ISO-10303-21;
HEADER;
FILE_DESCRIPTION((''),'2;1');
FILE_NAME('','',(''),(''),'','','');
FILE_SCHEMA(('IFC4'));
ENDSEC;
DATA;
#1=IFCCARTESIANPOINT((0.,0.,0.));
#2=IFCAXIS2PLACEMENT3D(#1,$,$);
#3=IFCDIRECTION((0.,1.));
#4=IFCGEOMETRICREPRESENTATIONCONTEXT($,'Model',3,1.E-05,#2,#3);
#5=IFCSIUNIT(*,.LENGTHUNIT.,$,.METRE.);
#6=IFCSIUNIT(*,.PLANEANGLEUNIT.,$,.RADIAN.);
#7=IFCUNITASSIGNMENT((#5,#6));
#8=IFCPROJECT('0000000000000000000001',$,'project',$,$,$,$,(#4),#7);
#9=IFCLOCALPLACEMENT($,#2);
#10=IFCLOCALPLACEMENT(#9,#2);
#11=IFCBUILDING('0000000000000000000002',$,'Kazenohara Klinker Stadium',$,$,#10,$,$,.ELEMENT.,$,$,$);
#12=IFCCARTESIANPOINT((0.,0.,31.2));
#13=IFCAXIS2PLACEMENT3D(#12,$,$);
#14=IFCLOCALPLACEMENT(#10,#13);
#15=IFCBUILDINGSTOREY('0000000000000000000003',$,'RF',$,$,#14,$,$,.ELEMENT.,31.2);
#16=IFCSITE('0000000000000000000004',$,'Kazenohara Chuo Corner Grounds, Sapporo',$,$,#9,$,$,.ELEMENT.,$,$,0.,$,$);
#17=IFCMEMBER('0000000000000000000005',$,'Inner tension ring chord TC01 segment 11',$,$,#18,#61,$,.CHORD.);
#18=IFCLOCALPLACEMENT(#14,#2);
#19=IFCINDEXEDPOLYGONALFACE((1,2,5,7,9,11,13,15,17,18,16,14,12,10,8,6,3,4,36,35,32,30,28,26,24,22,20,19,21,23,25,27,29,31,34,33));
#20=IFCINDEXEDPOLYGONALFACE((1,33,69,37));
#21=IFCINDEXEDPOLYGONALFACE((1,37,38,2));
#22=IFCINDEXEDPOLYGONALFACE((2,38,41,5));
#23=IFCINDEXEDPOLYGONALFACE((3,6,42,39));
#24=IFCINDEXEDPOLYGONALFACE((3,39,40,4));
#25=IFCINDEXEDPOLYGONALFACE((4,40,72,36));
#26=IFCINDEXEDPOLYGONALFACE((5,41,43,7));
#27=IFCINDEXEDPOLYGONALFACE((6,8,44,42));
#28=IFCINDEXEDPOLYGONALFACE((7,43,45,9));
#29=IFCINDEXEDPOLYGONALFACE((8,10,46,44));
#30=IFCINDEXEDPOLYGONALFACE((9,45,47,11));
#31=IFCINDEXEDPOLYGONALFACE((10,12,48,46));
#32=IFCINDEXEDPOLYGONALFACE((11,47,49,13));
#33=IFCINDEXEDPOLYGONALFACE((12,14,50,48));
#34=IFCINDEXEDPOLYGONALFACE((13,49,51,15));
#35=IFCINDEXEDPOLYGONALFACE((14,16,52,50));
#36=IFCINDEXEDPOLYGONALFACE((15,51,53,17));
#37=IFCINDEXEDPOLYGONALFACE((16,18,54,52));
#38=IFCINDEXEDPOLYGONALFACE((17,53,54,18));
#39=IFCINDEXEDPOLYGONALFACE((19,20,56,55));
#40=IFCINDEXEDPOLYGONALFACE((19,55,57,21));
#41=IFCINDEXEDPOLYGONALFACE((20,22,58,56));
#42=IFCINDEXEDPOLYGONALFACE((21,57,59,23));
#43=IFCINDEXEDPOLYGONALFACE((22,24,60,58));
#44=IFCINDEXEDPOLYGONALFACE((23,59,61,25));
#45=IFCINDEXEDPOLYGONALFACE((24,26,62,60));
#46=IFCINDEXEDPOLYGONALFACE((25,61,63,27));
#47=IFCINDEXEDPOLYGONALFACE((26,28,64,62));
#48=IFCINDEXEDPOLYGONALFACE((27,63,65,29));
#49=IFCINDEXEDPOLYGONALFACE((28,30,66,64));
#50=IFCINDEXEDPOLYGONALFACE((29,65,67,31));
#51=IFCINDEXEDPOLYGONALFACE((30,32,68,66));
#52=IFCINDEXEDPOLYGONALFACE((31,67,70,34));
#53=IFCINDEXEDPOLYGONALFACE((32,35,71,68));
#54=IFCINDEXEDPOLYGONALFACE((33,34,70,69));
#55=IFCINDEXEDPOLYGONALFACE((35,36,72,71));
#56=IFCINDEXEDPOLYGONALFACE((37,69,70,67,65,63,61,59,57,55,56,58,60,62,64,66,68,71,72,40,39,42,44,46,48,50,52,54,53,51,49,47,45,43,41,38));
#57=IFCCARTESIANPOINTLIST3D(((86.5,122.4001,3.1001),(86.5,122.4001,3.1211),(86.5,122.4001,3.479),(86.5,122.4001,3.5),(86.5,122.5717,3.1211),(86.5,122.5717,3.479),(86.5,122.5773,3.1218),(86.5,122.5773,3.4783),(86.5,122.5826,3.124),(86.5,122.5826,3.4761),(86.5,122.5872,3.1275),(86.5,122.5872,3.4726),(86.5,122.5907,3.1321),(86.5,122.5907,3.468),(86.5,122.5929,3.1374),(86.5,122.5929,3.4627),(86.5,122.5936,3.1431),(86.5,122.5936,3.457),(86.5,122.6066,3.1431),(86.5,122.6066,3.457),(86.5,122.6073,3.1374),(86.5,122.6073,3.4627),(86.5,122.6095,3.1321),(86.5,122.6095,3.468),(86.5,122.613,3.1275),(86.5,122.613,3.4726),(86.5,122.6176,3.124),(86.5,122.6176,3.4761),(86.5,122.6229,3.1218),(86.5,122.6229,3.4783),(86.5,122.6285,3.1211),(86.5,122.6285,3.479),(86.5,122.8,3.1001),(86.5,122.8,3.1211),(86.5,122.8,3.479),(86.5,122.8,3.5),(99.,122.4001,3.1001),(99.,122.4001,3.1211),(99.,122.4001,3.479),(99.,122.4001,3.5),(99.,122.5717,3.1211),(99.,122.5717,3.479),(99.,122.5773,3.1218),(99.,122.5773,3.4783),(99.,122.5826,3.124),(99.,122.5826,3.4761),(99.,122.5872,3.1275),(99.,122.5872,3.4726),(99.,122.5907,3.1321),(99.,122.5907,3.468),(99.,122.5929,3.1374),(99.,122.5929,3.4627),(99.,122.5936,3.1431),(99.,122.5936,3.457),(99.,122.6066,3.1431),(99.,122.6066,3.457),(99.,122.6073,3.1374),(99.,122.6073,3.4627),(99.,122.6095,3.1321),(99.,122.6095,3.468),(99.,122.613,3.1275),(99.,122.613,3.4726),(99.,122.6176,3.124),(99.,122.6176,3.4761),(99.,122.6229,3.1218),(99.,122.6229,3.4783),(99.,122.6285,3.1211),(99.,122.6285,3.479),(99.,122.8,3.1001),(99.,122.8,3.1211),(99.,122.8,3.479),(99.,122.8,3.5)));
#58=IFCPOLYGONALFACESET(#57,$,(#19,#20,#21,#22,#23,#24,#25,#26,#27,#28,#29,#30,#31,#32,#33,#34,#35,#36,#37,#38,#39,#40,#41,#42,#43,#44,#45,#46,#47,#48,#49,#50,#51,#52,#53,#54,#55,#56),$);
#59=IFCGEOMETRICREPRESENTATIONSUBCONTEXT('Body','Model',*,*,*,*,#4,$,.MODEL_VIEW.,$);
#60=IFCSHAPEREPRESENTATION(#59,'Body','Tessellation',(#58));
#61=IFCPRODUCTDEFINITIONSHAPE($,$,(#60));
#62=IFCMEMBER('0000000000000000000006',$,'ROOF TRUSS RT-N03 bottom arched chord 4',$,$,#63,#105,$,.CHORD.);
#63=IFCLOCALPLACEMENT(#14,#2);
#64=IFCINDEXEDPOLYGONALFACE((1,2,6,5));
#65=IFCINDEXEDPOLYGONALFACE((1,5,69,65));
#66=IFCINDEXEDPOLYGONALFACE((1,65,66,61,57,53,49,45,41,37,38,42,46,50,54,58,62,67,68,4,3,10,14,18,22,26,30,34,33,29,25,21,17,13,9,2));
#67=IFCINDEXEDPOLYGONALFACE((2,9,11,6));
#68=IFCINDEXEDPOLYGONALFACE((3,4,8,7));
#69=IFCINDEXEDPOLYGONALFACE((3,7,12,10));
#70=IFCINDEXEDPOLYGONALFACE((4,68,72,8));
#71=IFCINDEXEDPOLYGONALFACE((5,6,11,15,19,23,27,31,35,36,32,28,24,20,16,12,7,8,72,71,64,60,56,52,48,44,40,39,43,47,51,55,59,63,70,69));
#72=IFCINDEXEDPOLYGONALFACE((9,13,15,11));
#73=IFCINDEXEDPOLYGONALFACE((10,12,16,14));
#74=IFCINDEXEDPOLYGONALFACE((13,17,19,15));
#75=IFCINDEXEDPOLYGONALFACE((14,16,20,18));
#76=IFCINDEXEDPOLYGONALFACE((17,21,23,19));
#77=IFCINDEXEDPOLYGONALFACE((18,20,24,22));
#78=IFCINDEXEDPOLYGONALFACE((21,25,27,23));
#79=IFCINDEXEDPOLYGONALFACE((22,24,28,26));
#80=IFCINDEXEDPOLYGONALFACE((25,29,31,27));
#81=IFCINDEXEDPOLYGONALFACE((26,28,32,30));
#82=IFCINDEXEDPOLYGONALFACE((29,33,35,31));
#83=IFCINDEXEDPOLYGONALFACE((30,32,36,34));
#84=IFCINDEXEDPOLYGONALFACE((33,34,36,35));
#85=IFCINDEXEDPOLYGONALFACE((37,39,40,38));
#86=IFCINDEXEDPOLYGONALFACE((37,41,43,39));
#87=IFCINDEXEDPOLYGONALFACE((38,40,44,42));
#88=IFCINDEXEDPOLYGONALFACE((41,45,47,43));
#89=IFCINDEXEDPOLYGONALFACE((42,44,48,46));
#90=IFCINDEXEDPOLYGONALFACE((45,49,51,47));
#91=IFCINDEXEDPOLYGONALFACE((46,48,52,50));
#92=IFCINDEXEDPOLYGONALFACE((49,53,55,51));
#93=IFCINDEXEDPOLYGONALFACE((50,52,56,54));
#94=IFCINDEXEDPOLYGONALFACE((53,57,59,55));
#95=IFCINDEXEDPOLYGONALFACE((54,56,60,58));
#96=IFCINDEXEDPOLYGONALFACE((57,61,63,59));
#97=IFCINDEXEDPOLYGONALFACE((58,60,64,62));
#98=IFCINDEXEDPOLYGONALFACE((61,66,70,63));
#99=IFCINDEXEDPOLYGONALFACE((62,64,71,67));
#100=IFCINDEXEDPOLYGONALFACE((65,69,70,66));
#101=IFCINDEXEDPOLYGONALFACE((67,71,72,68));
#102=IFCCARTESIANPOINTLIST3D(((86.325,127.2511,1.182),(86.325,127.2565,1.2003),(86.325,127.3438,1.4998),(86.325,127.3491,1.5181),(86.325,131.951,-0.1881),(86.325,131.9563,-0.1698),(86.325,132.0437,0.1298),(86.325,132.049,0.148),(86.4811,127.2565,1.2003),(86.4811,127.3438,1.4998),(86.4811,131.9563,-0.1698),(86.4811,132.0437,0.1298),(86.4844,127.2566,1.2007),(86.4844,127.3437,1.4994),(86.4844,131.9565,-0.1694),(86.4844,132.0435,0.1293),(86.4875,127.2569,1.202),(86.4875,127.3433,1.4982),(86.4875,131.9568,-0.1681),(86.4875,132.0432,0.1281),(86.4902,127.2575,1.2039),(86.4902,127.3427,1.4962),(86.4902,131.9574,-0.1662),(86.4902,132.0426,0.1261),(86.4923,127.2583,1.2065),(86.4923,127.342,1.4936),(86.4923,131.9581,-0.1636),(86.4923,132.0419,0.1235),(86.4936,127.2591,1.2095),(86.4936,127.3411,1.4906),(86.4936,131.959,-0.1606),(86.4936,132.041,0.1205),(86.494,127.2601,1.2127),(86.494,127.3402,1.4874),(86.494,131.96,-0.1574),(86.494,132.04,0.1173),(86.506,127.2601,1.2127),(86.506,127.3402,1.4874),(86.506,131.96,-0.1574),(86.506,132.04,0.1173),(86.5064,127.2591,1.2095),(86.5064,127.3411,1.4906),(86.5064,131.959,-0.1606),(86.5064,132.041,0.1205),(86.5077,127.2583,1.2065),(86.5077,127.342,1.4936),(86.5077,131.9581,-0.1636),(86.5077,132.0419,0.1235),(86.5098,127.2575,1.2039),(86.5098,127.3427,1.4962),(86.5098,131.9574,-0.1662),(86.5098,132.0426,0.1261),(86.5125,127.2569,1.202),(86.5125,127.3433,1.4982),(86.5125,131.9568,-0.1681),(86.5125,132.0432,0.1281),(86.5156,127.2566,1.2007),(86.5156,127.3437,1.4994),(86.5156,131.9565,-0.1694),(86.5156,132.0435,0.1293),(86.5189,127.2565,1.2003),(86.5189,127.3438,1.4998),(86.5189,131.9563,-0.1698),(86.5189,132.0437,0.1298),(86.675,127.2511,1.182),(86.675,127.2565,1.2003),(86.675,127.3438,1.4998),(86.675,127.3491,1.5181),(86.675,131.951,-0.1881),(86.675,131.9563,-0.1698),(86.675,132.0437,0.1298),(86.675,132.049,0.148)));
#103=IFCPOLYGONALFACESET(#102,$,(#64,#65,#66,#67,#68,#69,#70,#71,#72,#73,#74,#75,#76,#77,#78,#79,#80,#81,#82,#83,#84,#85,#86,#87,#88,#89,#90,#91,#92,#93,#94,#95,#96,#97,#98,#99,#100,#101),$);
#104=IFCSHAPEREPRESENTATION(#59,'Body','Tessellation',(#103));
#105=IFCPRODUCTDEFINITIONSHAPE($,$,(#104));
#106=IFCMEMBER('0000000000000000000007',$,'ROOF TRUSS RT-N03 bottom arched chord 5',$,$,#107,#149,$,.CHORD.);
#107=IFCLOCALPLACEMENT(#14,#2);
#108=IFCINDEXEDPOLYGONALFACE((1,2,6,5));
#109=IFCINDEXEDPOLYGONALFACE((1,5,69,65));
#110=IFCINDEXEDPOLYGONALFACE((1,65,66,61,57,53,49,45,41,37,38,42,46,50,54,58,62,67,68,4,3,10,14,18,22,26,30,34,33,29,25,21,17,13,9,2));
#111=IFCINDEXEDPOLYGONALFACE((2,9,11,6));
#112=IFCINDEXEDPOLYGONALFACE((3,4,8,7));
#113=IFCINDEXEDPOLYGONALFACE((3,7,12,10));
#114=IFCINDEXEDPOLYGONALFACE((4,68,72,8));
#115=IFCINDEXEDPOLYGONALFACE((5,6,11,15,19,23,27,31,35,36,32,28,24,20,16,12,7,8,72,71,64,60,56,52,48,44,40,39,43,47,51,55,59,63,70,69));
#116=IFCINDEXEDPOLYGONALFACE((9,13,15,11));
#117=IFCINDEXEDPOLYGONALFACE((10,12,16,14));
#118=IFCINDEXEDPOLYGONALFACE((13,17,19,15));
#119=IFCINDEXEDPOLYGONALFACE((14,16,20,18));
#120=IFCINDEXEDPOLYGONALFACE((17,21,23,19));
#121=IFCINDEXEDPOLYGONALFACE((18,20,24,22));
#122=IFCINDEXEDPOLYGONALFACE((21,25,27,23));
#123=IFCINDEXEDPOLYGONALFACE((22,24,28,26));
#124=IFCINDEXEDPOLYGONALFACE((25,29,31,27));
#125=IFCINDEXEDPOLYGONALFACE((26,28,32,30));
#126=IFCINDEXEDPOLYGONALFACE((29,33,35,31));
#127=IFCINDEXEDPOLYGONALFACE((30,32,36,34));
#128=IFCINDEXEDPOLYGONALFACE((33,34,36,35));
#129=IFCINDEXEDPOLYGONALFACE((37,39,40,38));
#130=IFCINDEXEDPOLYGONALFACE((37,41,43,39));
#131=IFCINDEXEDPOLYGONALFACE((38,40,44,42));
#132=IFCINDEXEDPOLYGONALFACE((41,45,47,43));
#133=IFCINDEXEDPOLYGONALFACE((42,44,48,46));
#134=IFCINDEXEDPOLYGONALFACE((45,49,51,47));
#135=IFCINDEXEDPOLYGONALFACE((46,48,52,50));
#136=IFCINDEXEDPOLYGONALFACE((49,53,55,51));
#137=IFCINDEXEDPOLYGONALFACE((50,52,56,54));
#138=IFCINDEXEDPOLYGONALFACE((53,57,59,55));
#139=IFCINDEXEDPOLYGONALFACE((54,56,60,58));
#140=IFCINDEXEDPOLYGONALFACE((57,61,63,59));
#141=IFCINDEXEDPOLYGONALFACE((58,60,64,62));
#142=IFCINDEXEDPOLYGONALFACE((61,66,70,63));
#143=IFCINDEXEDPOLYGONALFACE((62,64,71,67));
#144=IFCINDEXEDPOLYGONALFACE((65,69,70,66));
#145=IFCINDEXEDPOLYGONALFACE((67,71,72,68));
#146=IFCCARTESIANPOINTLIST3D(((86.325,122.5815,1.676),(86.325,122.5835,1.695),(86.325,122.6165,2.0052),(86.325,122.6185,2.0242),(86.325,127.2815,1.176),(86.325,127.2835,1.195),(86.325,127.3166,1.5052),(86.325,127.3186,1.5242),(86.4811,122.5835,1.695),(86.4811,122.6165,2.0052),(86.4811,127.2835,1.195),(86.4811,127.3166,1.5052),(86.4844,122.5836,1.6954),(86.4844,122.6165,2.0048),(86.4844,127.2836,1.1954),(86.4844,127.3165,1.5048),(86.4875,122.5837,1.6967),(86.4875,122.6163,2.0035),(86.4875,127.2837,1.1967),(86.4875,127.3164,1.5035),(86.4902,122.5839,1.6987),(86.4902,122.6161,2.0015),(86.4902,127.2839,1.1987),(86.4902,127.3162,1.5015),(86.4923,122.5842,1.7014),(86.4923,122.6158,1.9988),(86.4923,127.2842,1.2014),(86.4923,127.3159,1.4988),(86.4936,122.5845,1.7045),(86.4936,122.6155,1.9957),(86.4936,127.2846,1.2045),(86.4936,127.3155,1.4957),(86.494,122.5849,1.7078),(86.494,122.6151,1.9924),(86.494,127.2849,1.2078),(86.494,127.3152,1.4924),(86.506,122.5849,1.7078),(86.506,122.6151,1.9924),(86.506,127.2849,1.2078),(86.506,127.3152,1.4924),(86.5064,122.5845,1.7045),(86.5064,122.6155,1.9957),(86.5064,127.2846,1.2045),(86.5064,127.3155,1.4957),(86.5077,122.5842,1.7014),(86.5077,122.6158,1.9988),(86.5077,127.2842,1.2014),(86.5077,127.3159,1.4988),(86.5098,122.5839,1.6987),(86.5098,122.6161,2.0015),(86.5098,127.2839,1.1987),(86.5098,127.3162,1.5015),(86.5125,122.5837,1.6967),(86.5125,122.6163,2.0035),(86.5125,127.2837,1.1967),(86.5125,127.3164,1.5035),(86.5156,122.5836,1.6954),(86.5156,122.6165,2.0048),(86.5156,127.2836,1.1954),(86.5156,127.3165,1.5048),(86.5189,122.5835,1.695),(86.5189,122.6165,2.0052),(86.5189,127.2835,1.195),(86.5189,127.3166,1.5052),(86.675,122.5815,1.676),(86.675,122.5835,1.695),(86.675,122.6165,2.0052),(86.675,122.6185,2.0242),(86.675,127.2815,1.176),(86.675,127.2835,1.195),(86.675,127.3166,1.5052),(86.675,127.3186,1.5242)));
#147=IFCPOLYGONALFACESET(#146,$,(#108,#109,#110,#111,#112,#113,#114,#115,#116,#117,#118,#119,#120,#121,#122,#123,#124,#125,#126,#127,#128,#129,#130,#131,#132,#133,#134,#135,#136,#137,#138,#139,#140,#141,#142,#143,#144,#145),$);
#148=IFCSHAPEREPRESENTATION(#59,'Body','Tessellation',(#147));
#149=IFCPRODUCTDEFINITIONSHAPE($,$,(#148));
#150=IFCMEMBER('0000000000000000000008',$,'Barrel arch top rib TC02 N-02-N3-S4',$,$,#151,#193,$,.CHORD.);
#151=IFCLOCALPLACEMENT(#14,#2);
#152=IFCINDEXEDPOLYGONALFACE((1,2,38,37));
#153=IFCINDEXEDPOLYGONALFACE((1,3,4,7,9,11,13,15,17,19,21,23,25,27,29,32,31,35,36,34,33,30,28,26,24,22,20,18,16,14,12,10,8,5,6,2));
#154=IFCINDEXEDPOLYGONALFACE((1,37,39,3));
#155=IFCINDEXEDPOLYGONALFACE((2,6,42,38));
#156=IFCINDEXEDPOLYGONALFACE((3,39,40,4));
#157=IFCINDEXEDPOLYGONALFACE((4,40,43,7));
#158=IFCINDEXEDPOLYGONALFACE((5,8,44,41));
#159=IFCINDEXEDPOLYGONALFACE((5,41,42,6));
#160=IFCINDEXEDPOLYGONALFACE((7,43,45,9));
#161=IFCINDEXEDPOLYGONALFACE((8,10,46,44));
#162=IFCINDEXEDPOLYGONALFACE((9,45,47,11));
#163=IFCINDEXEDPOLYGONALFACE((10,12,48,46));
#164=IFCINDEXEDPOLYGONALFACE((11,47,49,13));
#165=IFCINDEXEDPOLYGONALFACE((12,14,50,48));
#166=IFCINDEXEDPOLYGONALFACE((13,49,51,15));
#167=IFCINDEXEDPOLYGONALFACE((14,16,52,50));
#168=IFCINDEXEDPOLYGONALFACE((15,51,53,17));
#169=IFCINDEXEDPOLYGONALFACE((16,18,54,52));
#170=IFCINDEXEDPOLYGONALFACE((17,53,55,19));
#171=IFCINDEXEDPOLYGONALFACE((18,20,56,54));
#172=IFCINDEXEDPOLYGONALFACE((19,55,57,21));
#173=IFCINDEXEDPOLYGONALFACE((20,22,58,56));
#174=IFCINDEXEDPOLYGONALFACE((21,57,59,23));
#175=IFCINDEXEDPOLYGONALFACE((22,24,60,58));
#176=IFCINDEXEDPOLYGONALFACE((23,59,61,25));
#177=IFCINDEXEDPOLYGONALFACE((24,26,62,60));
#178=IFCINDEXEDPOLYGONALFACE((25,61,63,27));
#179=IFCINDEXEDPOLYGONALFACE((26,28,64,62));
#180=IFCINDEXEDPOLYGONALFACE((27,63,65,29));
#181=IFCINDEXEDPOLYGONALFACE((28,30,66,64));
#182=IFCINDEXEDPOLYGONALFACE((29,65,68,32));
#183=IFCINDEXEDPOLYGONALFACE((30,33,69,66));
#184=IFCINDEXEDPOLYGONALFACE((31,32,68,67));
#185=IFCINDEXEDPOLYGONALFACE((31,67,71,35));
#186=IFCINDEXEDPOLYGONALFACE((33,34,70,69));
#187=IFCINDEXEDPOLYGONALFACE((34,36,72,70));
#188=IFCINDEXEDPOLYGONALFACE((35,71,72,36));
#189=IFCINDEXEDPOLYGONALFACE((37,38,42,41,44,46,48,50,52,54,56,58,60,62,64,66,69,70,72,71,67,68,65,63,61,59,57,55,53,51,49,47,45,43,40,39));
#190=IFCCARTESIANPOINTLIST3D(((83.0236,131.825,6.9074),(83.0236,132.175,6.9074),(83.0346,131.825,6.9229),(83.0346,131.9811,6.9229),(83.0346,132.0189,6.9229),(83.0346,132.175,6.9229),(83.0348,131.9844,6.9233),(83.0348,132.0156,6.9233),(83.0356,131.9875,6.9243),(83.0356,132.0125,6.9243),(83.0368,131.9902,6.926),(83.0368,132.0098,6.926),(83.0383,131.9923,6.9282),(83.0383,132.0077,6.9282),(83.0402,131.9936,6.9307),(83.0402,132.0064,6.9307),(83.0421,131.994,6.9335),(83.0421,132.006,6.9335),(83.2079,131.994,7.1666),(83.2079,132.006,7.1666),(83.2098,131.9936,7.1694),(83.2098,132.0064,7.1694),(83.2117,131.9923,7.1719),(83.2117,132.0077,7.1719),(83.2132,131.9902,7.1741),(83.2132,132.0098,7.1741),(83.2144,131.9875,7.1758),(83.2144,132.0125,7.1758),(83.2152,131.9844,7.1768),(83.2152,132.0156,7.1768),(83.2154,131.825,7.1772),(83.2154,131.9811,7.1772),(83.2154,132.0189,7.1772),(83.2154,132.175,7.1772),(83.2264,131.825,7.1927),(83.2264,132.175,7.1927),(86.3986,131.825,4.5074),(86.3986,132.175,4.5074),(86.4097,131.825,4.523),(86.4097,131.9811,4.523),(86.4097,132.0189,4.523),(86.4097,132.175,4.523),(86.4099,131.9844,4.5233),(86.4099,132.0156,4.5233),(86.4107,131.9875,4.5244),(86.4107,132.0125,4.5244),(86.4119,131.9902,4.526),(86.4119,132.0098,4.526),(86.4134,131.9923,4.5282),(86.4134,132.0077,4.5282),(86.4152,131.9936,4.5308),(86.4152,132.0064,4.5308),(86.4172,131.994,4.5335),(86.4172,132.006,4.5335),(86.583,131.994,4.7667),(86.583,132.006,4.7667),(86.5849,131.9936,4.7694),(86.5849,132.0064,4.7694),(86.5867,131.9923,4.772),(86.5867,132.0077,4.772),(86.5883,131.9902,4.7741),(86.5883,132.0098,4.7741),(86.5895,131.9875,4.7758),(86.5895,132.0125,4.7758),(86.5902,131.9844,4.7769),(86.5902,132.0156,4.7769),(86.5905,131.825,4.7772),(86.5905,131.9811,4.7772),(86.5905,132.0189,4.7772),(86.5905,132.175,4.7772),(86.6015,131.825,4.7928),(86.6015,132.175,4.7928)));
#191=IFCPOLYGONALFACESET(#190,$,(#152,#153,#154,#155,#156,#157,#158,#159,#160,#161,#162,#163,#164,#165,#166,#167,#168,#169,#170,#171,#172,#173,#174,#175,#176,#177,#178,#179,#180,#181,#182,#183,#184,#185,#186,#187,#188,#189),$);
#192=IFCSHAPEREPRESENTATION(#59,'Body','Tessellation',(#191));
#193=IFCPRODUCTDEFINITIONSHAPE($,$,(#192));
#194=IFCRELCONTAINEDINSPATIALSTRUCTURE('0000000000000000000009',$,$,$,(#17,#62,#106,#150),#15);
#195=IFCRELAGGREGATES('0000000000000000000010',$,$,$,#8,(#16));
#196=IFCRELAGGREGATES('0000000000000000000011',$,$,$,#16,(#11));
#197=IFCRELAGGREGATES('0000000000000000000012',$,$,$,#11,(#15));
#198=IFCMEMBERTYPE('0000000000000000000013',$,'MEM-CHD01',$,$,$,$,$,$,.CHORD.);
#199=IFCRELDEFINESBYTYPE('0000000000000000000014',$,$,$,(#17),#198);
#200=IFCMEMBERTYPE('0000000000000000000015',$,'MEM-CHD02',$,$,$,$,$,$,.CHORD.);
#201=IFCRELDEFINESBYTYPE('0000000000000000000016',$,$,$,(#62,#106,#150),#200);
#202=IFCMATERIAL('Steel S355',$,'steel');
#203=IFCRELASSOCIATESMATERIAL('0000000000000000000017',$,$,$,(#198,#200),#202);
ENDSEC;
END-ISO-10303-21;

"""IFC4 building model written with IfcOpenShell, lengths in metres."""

from ifc_helpers import new_model, si_unit, direction, frame, origin, origin_2d, place, context, subcontext, project, spatial, i_section, extrude, material, material_profile, profile_set, type_object, element, save


model = new_model("IFC4")

# Units and contexts
model_context = context("Model", 3, precision=1e-05, world=origin(), true_north=direction((0.0, 1.0)))
body_context = subcontext(model_context, "Body", "Model", "MODEL_VIEW")
ifc_project = project(units=[si_unit("LENGTHUNIT", "METRE"), si_unit("PLANEANGLEUNIT", "RADIAN")], contexts=[model_context])

# Site, building, storey
site_placement = place(None, origin())
site = spatial("IfcSite", under=ifc_project, at=site_placement, Name="Kazenohara Chuo Corner Grounds, Sapporo", CompositionType="ELEMENT", RefElevation=0.0)
building_placement = place(site_placement, origin())
building = spatial("IfcBuilding", under=site, at=building_placement, Name="Kazenohara Klinker Stadium", CompositionType="ELEMENT")
storey_placement = place(building_placement, frame((0.0, 0.0, 31.2)))
storey = spatial("IfcBuildingStorey", under=building, at=storey_placement, Name="RF", CompositionType="ELEMENT", Elevation=31.2)

# Members
ifc_material_1 = material(Name="Steel S355", Category="steel")
ifc_material_profile_1 = material_profile(ifc_material_1, i_section(OverallWidth=0.3999, OverallDepth=0.3999, WebThickness=0.0129, FlangeThickness=0.021, FilletRadius=0.022, at=origin_2d()), Name="H-400x400x13x21")
ifc_profile_set_1 = profile_set([ifc_material_profile_1], Name="Steel S355")
member_type_1 = type_object("IfcMemberType", Name="MEM-CHD01", PredefinedType="CHORD", material=ifc_profile_set_1)
member_1_placement = place(storey_placement, frame((86.5, 122.6001, 3.3), z_axis=(1.0, 0.0, 0.0), x_axis=(0.0, 1.0, 0.0)))
element("IfcMember", 1, at=member_1_placement, inside=storey, type_object=member_type_1, Name="Inner tension ring chord TC01 segment 11", PredefinedType="CHORD", context=body_context, shape_type="SweptSolid", body=[
    extrude(i_section(OverallWidth=0.3999, OverallDepth=0.3999, WebThickness=0.0129, FlangeThickness=0.021, FilletRadius=0.022, at=origin_2d()), origin(), (0.0, 0.0, 1.0), 12.5),
])
ifc_material_profile_2 = material_profile(ifc_material_1, i_section(OverallWidth=0.3501, OverallDepth=0.3501, WebThickness=0.012, FlangeThickness=0.019, FilletRadius=0.0129, at=origin_2d()), Name="H-350x350x12x19")
ifc_profile_set_2 = profile_set([ifc_material_profile_2], Name="Steel S355")
member_type_2 = type_object("IfcMemberType", Name="MEM-CHD02", PredefinedType="CHORD", material=ifc_profile_set_2)
member_2_placement = place(storey_placement, frame((86.5, 132.0, -0.02), z_axis=(0.0, -0.960039, 0.279868), x_axis=(1.0, 0.0, 0.0)))
element("IfcMember", 2, at=member_2_placement, inside=storey, type_object=member_type_2, Name="ROOF TRUSS RT-N03 bottom arched chord 4", PredefinedType="CHORD", context=body_context, shape_type="SweptSolid", body=[
    extrude(i_section(OverallWidth=0.3501, OverallDepth=0.3501, WebThickness=0.012, FlangeThickness=0.019, FilletRadius=0.0129, at=origin_2d()), origin(), (0.0, 0.0, 1.0), 4.8955),
])
member_3_placement = place(storey_placement, frame((86.5, 127.3, 1.3501), z_axis=(0.0, -0.994389, 0.105787), x_axis=(1.0, 0.0, 0.0)))
element("IfcMember", 3, at=member_3_placement, inside=storey, type_object=member_type_2, Name="ROOF TRUSS RT-N03 bottom arched chord 5", PredefinedType="CHORD", context=body_context, shape_type="SweptSolid", body=[
    extrude(i_section(OverallWidth=0.3501, OverallDepth=0.3501, WebThickness=0.012, FlangeThickness=0.019, FilletRadius=0.0129, at=origin_2d()), origin(), (0.0, 0.0, 1.0), 4.7266),
])
member_4_placement = place(storey_placement, frame((83.125, 132.0, 7.05), z_axis=(0.814966, 0.0, -0.579508), x_axis=(0.0, 1.0, 0.0)))
element("IfcMember", 4, at=member_4_placement, inside=storey, type_object=member_type_2, Name="Barrel arch top rib TC02 N-02-N3-S4", PredefinedType="CHORD", context=body_context, shape_type="SweptSolid", body=[
    extrude(i_section(OverallWidth=0.3501, OverallDepth=0.3501, WebThickness=0.012, FlangeThickness=0.019, FilletRadius=0.0129, at=origin_2d()), origin(), (0.0, 0.0, 1.0), 4.1414),
])

save(model, "model.ifc")
